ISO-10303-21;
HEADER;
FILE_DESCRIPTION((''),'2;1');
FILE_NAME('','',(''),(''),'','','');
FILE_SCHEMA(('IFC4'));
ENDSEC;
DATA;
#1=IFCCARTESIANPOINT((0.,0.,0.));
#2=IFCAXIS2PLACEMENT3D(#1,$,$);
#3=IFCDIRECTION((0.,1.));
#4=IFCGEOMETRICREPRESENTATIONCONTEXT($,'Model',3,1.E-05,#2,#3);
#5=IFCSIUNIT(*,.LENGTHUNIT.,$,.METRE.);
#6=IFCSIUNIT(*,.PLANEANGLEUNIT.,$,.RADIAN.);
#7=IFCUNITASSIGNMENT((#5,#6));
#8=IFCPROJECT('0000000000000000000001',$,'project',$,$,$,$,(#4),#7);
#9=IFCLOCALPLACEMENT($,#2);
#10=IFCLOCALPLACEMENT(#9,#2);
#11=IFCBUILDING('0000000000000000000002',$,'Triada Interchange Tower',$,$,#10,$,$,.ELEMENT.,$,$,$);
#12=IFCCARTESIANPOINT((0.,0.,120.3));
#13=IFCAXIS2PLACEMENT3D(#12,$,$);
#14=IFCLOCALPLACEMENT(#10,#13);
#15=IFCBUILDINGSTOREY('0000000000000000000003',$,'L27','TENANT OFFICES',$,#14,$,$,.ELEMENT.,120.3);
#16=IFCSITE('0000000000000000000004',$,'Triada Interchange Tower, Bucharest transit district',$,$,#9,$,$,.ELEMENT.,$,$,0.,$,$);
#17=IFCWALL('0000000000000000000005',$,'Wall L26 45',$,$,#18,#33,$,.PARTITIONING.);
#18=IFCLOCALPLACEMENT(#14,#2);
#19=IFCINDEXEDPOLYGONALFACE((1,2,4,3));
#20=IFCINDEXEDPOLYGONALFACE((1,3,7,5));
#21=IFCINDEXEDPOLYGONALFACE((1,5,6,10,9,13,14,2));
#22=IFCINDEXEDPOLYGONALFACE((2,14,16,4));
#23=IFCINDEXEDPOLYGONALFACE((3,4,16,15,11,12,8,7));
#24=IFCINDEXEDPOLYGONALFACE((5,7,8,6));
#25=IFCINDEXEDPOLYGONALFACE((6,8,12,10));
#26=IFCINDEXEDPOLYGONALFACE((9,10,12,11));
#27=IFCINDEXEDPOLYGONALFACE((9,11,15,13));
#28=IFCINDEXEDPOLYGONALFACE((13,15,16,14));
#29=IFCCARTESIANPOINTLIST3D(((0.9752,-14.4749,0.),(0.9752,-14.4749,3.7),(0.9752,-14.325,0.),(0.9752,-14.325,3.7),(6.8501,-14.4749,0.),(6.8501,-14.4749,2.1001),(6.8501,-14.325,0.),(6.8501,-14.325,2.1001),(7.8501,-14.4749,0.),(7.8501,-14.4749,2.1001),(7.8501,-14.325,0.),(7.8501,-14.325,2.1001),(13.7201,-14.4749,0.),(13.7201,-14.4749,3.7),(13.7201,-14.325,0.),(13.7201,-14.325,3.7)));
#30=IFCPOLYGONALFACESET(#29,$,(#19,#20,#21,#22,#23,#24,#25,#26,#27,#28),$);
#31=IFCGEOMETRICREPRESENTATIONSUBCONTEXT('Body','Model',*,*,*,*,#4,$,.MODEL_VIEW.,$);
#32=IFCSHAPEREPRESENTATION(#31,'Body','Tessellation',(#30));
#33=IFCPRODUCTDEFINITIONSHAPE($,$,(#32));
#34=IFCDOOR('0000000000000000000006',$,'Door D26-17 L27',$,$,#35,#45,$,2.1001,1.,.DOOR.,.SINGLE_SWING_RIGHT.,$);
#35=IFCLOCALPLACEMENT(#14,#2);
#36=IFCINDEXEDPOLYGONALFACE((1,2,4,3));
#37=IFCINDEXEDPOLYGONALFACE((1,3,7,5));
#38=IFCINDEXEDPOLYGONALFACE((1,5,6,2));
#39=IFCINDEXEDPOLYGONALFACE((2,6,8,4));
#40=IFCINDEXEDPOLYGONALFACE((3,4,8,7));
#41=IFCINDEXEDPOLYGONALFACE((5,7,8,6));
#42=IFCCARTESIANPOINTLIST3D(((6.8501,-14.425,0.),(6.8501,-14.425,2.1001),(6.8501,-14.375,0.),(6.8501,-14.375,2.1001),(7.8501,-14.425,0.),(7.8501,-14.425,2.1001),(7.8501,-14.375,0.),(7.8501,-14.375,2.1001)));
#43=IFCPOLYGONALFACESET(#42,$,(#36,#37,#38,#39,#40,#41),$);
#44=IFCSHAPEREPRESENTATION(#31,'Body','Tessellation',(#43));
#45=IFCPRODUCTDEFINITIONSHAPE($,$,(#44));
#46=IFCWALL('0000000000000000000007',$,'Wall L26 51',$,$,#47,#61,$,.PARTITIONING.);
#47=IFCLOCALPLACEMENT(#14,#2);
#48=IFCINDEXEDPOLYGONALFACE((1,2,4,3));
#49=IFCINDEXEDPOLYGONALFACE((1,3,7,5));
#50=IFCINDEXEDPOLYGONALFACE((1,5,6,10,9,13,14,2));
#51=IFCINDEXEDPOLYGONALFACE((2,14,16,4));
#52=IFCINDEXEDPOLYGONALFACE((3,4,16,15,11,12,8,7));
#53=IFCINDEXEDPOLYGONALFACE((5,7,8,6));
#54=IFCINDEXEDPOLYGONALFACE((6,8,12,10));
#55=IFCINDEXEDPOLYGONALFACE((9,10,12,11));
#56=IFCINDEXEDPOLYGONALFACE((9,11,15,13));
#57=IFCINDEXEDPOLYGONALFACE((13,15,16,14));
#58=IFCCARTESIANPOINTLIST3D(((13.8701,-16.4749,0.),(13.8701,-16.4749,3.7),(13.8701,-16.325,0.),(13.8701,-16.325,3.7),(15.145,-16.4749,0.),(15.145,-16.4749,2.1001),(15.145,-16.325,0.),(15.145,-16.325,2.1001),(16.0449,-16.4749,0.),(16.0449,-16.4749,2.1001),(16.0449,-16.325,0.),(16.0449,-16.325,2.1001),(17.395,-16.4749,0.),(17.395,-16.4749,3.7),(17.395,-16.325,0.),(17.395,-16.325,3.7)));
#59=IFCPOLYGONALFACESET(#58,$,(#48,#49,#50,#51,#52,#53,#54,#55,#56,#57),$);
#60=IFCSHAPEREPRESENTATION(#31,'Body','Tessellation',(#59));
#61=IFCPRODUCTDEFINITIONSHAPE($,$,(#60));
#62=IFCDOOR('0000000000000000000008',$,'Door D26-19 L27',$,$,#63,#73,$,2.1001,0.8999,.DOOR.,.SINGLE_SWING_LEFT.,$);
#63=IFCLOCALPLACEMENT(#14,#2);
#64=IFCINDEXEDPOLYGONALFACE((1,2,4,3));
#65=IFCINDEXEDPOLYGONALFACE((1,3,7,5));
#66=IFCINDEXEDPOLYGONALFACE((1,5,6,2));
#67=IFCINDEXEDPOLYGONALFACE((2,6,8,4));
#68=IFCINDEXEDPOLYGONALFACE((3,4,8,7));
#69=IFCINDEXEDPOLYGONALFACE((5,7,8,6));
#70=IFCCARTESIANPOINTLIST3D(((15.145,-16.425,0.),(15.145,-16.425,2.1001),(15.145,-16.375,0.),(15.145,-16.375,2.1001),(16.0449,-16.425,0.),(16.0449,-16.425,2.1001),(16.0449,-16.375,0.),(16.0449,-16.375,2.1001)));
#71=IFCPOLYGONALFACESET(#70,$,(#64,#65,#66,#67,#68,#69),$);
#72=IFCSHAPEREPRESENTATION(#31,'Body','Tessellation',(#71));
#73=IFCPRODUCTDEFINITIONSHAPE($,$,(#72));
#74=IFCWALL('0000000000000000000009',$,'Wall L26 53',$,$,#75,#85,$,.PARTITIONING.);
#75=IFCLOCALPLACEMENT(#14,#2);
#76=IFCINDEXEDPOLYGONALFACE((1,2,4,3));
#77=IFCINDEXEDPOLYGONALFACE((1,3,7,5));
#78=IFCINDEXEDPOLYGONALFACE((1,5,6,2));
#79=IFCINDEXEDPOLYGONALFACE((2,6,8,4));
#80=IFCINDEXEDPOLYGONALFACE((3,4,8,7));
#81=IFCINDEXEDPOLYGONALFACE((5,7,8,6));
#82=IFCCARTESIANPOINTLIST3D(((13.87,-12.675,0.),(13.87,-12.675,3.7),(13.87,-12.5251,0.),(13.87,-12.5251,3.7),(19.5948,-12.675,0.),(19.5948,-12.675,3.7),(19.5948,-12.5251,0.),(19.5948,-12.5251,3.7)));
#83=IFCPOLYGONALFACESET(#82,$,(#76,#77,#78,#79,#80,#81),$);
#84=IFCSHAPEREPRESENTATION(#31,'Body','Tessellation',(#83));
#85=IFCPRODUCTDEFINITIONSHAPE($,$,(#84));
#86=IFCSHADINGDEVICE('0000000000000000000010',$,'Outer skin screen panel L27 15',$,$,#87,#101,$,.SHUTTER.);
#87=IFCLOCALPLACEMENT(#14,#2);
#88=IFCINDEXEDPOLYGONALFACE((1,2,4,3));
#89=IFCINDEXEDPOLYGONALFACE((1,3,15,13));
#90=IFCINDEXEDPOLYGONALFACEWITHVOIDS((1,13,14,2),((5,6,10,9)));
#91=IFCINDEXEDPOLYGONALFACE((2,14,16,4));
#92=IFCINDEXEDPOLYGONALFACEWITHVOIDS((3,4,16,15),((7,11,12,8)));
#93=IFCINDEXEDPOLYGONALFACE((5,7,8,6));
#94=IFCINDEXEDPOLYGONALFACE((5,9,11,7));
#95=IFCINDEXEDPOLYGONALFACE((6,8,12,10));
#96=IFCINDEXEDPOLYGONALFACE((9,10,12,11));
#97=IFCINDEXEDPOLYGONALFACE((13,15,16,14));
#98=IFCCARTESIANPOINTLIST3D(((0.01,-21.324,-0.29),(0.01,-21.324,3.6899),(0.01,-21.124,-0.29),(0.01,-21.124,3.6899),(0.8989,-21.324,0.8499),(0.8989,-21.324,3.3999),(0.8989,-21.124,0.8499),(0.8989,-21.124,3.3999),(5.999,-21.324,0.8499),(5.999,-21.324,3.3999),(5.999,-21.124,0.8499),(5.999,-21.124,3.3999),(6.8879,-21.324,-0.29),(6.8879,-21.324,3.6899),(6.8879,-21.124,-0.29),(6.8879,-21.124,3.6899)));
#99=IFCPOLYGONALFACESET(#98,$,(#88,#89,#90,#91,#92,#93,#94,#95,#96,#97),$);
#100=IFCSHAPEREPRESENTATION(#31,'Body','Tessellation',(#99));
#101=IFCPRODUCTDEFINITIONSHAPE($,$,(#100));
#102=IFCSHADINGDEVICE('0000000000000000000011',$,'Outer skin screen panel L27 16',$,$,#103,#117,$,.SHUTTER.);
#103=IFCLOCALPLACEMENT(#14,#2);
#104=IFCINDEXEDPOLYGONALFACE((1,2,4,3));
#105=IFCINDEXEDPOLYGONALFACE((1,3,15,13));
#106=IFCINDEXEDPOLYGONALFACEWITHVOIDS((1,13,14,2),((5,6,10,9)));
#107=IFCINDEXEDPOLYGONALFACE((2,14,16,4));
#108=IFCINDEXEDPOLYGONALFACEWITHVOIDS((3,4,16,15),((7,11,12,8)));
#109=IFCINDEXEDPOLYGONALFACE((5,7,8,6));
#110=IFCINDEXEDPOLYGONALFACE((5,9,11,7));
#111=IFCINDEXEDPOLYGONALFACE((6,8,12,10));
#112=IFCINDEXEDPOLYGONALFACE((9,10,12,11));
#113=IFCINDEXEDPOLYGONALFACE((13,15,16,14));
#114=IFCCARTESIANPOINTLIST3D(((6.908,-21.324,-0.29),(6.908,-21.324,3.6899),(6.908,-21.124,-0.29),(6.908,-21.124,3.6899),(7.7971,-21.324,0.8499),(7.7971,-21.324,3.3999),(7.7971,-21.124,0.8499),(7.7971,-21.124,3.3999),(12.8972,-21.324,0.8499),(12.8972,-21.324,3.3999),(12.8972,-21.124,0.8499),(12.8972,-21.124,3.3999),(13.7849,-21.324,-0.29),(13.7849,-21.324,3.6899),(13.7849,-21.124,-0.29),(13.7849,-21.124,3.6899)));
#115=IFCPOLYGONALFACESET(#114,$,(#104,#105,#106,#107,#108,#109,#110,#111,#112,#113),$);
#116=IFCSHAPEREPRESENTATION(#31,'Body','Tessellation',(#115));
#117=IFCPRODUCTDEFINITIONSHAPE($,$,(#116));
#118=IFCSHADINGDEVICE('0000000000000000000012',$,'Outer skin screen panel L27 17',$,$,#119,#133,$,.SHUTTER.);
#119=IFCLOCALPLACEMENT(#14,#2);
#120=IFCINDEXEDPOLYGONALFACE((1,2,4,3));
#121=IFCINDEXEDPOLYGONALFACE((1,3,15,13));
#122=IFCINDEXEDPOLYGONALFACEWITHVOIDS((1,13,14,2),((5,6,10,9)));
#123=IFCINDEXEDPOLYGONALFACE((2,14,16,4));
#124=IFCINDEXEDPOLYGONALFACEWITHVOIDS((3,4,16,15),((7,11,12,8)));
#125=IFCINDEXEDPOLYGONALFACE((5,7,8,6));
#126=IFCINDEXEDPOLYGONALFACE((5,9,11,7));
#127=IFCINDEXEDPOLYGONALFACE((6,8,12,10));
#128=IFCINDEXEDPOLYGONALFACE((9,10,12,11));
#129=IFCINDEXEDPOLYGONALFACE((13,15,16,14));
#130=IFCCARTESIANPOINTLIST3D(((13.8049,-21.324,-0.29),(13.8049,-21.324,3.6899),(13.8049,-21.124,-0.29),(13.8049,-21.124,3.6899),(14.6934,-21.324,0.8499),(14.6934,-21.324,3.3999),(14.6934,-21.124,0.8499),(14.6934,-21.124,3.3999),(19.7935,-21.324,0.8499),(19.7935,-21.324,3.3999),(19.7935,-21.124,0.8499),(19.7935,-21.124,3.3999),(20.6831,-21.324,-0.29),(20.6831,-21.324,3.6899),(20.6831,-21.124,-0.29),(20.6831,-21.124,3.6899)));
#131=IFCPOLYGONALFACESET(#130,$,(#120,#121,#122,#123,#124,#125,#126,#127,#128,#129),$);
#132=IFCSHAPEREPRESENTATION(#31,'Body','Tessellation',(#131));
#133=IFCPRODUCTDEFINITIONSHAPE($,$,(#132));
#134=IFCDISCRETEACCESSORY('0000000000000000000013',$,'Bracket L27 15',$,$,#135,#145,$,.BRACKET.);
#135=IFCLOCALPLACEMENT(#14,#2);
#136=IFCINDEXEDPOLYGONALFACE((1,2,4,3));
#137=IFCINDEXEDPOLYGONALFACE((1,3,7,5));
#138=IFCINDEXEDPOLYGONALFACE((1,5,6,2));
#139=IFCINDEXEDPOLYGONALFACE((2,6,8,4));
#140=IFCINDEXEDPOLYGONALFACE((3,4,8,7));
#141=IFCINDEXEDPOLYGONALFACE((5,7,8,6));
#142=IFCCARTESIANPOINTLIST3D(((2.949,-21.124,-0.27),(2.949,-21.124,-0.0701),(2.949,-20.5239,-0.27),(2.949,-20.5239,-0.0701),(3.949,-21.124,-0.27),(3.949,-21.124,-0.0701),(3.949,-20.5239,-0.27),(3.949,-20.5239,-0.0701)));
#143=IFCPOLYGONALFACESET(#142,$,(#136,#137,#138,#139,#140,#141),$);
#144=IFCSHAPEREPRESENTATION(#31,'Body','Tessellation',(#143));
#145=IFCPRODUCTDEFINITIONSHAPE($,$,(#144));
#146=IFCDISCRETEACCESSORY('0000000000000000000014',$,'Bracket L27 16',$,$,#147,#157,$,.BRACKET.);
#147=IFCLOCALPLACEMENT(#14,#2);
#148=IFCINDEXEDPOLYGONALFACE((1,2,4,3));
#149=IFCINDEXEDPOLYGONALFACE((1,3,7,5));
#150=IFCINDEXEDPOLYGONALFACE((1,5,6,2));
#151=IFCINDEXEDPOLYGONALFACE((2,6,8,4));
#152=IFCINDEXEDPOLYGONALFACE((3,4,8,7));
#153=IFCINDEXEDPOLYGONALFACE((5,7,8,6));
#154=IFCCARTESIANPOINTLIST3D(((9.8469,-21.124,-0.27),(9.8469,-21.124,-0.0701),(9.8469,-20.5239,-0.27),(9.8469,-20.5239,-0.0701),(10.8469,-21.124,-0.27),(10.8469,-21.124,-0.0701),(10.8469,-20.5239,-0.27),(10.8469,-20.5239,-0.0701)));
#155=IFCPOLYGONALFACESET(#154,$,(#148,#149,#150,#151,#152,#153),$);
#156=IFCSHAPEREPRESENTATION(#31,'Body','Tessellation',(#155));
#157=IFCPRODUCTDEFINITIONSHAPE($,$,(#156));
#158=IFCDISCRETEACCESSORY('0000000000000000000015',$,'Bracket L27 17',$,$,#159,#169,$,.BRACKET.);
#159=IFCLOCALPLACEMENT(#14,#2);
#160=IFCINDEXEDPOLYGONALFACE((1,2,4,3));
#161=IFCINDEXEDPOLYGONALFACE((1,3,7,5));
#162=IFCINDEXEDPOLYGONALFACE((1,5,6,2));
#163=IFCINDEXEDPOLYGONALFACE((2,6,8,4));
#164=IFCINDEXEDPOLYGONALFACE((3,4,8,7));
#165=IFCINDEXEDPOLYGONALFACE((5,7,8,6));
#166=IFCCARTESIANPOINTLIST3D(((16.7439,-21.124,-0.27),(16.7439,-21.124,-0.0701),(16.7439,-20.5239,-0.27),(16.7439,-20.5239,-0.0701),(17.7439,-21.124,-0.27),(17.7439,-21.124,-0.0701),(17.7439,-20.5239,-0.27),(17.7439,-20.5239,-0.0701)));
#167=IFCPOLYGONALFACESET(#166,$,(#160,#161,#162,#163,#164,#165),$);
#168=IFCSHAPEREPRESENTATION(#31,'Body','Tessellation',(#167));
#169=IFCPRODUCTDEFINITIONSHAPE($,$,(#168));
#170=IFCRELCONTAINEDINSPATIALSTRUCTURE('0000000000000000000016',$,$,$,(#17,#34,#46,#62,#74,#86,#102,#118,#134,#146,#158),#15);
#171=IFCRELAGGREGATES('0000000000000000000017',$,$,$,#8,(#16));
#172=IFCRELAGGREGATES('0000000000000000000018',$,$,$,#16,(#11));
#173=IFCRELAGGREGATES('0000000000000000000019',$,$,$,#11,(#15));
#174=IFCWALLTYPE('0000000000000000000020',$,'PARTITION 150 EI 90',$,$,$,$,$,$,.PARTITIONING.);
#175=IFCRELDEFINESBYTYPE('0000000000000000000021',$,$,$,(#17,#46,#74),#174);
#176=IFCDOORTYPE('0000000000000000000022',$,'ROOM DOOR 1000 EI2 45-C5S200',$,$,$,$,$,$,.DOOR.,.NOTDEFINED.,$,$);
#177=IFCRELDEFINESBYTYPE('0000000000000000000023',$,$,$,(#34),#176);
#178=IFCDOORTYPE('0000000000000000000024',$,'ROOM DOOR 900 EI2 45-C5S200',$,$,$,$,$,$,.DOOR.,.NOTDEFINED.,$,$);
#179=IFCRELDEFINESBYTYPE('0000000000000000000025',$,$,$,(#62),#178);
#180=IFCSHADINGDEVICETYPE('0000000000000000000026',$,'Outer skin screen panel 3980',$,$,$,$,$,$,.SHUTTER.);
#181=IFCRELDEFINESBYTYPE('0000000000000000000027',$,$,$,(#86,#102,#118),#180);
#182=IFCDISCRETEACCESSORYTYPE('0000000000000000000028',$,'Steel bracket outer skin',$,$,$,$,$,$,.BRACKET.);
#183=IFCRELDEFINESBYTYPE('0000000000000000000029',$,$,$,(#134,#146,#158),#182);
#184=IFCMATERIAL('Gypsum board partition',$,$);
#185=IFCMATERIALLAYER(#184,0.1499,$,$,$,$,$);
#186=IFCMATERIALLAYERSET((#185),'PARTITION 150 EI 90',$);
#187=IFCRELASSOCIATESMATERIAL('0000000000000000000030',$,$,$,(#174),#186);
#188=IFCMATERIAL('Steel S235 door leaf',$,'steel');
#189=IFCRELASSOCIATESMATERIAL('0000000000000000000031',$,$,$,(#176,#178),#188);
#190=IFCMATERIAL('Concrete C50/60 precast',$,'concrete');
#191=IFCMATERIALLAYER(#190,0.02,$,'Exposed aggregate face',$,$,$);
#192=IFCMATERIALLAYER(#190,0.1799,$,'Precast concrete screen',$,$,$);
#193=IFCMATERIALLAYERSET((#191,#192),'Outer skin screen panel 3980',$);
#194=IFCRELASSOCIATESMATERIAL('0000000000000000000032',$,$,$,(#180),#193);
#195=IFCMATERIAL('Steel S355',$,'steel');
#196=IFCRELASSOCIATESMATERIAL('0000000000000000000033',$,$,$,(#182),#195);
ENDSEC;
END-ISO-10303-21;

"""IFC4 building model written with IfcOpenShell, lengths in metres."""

from ifc_helpers import new_model, si_unit, direction, frame, frame_2d, origin, origin_2d, place, context, subcontext, project, spatial, polyline, rectangle, outline, extrude, material, layer, layer_set, type_object, element, fill, save


model = new_model("IFC4")

# Units and contexts
model_context = context("Model", 3, precision=1e-05, world=origin(), true_north=direction((0.0, 1.0)))
body_context = subcontext(model_context, "Body", "Model", "MODEL_VIEW")
ifc_project = project(units=[si_unit("LENGTHUNIT", "METRE"), si_unit("PLANEANGLEUNIT", "RADIAN")], contexts=[model_context])

# Site, building, storey
site_placement = place(None, origin())
site = spatial("IfcSite", under=ifc_project, at=site_placement, Name="Triada Interchange Tower, Bucharest transit district", CompositionType="ELEMENT", RefElevation=0.0)
building_placement = place(site_placement, origin())
building = spatial("IfcBuilding", under=site, at=building_placement, Name="Triada Interchange Tower", CompositionType="ELEMENT")
storey_placement = place(building_placement, frame((0.0, 0.0, 120.3)))
storey = spatial("IfcBuildingStorey", under=building, at=storey_placement, Name="L27", Description="TENANT OFFICES", CompositionType="ELEMENT", Elevation=120.3)

# Shared definitions
ifc_material_1 = material(Name="Gypsum board partition")
ifc_material_2 = material(Name="Steel S235 door leaf", Category="steel")

# Walls, openings, doors
ifc_layer_1 = layer(ifc_material_1, 0.1499)
ifc_layer_set_1 = layer_set([ifc_layer_1], Name="PARTITION 150 EI 90")
wall_type_1 = type_object("IfcWallType", Name="PARTITION 150 EI 90", PredefinedType="PARTITIONING", material=ifc_layer_set_1)
wall_1_placement = place(storey_placement, frame((0.9751, -14.3999, 0.0), z_axis=(0.0, 0.0, 1.0), x_axis=(1.0, 0.0, 0.0)))
wall_1 = element("IfcWall", 1, at=wall_1_placement, inside=storey, type_object=wall_type_1, Name="Wall L26 45", PredefinedType="PARTITIONING", context=body_context, shape_type="SweptSolid", body=[
    extrude(rectangle(XDim=12.7449, YDim=0.1499, at=frame_2d((6.3726, 0.0))), origin(), (0.0, 0.0, 1.0), 3.7),
])
opening_1_placement = place(wall_1_placement, frame((5.875, 0.0, 0.0)))
opening_1 = element("IfcOpeningElement", 2, at=opening_1_placement, cuts=wall_1, PredefinedType="OPENING", context=body_context, shape_type="SweptSolid", body=[
    extrude(rectangle(XDim=1.0, YDim=2.1001, at=frame_2d((0.5, 1.05))), frame((0.0, 0.085, 0.0), z_axis=(0.0, -1.0, 0.0), x_axis=(1.0, 0.0, 0.0)), (0.0, 0.0, 1.0), 0.1699),
])
door_type_1 = type_object("IfcDoorType", Name="ROOM DOOR 1000 EI2 45-C5S200", OperationType="NOTDEFINED", PredefinedType="DOOR", material=ifc_material_2)
door_1_placement = place(opening_1_placement, origin())
door_1 = element("IfcDoor", 3, at=door_1_placement, inside=storey, type_object=door_type_1, Name="Door D26-17 L27", OperationType="SINGLE_SWING_RIGHT", OverallHeight=2.1001, OverallWidth=1.0, PredefinedType="DOOR", context=body_context, shape_type="SweptSolid", body=[
    extrude(rectangle(XDim=1.0, YDim=2.1001, at=frame_2d((0.5, 1.05))), frame((0.0, 0.0249, 0.0), z_axis=(0.0, -1.0, 0.0), x_axis=(1.0, 0.0, 0.0)), (0.0, 0.0, 1.0), 0.05),
])
fill(opening_1, door_1)
wall_2_placement = place(storey_placement, frame((13.8701, -16.3999, 0.0), z_axis=(0.0, 0.0, 1.0), x_axis=(1.0, 0.0, 0.0)))
wall_2 = element("IfcWall", 4, at=wall_2_placement, inside=storey, type_object=wall_type_1, Name="Wall L26 51", PredefinedType="PARTITIONING", context=body_context, shape_type="SweptSolid", body=[
    extrude(rectangle(XDim=3.5249, YDim=0.1499, at=frame_2d((1.7625, 0.0))), origin(), (0.0, 0.0, 1.0), 3.7),
])
opening_2_placement = place(wall_2_placement, frame((1.2749, 0.0, 0.0)))
opening_2 = element("IfcOpeningElement", 5, at=opening_2_placement, cuts=wall_2, PredefinedType="OPENING", context=body_context, shape_type="SweptSolid", body=[
    extrude(rectangle(XDim=0.8999, YDim=2.1001, at=frame_2d((0.45, 1.05))), frame((0.0, 0.085, 0.0), z_axis=(0.0, -1.0, 0.0), x_axis=(1.0, 0.0, 0.0)), (0.0, 0.0, 1.0), 0.1699),
])
door_type_2 = type_object("IfcDoorType", Name="ROOM DOOR 900 EI2 45-C5S200", OperationType="NOTDEFINED", PredefinedType="DOOR", material=ifc_material_2)
door_2_placement = place(opening_2_placement, origin())
door_2 = element("IfcDoor", 6, at=door_2_placement, inside=storey, type_object=door_type_2, Name="Door D26-19 L27", OperationType="SINGLE_SWING_LEFT", OverallHeight=2.1001, OverallWidth=0.8999, PredefinedType="DOOR", context=body_context, shape_type="SweptSolid", body=[
    extrude(rectangle(XDim=0.8999, YDim=2.1001, at=frame_2d((0.45, 1.05))), frame((0.0, 0.0249, 0.0), z_axis=(0.0, -1.0, 0.0), x_axis=(1.0, 0.0, 0.0)), (0.0, 0.0, 1.0), 0.05),
])
fill(opening_2, door_2)

# Wall
wall_3_placement = place(storey_placement, frame((13.8701, -12.6001, 0.0), z_axis=(0.0, 0.0, 1.0), x_axis=(1.0, 0.0, 0.0)))
element("IfcWall", 7, at=wall_3_placement, inside=storey, type_object=wall_type_1, Name="Wall L26 53", PredefinedType="PARTITIONING", context=body_context, shape_type="SweptSolid", body=[
    extrude(rectangle(XDim=5.7249, YDim=0.1499, at=frame_2d((2.8623, 0.0))), origin(), (0.0, 0.0, 1.0), 3.7),
])

# Shading devices
ifc_material_3 = material(Name="Concrete C50/60 precast", Category="concrete")
ifc_layer_2 = layer(ifc_material_3, 0.02, Name="Exposed aggregate face")
ifc_layer_3 = layer(ifc_material_3, 0.1799, Name="Precast concrete screen")
ifc_layer_set_2 = layer_set([ifc_layer_2, ifc_layer_3], Name="Outer skin screen panel 3980")
shading_device_type = type_object("IfcShadingDeviceType", Name="Outer skin screen panel 3980", PredefinedType="SHUTTER", material=ifc_layer_set_2)
shading_device_1_placement = place(storey_placement, frame((0.01, -21.124, -0.29), z_axis=(0.0, 0.0, 1.0), x_axis=(1.0, 0.0, 0.0)))
element("IfcShadingDevice", 8, at=shading_device_1_placement, inside=storey, type_object=shading_device_type, Name="Outer skin screen panel L27 15", PredefinedType="SHUTTER", context=body_context, shape_type="SweptSolid", body=[
    extrude(outline(polyline([(0.0, 0.0), (6.8779, 0.0), (6.8779, 3.98), (0.0, 3.98), (0.0, 0.0)]), holes=[polyline([(0.8889, 1.1399), (0.8889, 3.6899), (5.989, 3.6899), (5.989, 1.1399), (0.8889, 1.1399)])]), frame((0.0, 0.0, 0.0), z_axis=(0.0, -1.0, 0.0), x_axis=(1.0, 0.0, 0.0)), (0.0, 0.0, 1.0), 0.2),
])
shading_device_2_placement = place(storey_placement, frame((6.908, -21.124, -0.29), z_axis=(0.0, 0.0, 1.0), x_axis=(1.0, 0.0, 0.0)))
element("IfcShadingDevice", 9, at=shading_device_2_placement, inside=storey, type_object=shading_device_type, Name="Outer skin screen panel L27 16", PredefinedType="SHUTTER", context=body_context, shape_type="SweptSolid", body=[
    extrude(outline(polyline([(0.0, 0.0), (6.877, 0.0), (6.877, 3.98), (0.0, 3.98), (0.0, 0.0)]), holes=[polyline([(0.8892, 1.1399), (0.8892, 3.6899), (5.9893, 3.6899), (5.9893, 1.1399), (0.8892, 1.1399)])]), frame((0.0, 0.0, 0.0), z_axis=(0.0, -1.0, 0.0), x_axis=(1.0, 0.0, 0.0)), (0.0, 0.0, 1.0), 0.2),
])
shading_device_3_placement = place(storey_placement, frame((13.8049, -21.124, -0.29), z_axis=(0.0, 0.0, 1.0), x_axis=(1.0, 0.0, 0.0)))
element("IfcShadingDevice", 10, at=shading_device_3_placement, inside=storey, type_object=shading_device_type, Name="Outer skin screen panel L27 17", PredefinedType="SHUTTER", context=body_context, shape_type="SweptSolid", body=[
    extrude(outline(polyline([(0.0, 0.0), (6.8782, 0.0), (6.8782, 3.98), (0.0, 3.98), (0.0, 0.0)]), holes=[polyline([(0.8884, 1.1399), (0.8884, 3.6899), (5.9885, 3.6899), (5.9885, 1.1399), (0.8884, 1.1399)])]), frame((0.0, 0.0, 0.0), z_axis=(0.0, -1.0, 0.0), x_axis=(1.0, 0.0, 0.0)), (0.0, 0.0, 1.0), 0.2),
])

# Discrete accessories
ifc_material_4 = material(Name="Steel S355", Category="steel")
discrete_accessory_type = type_object("IfcDiscreteAccessoryType", Name="Steel bracket outer skin", PredefinedType="BRACKET", material=ifc_material_4)
for number, where, z_axis, x_axis, name in (
    (11, (3.449, -20.824, -0.27), (0.0, 0.0, 1.0), (0.0, -1.0, 0.0), "Bracket L27 15"),
    (12, (10.3469, -20.824, -0.27), (0.0, 0.0, 1.0), (0.0, -1.0, 0.0), "Bracket L27 16"),
    (13, (17.2439, -20.824, -0.27), (0.0, 0.0, 1.0), (0.0, -1.0, 0.0), "Bracket L27 17"),
):
    element("IfcDiscreteAccessory", number, at=place(storey_placement, frame(where, z_axis=z_axis, x_axis=x_axis)), inside=storey, type_object=discrete_accessory_type, Name=name, PredefinedType="BRACKET", context=body_context, shape_type="SweptSolid", body=[
        extrude(rectangle(XDim=0.6001, YDim=1.0, at=origin_2d()), origin(), (0.0, 0.0, 1.0), 0.2),
    ])

save(model, "model.ifc")
